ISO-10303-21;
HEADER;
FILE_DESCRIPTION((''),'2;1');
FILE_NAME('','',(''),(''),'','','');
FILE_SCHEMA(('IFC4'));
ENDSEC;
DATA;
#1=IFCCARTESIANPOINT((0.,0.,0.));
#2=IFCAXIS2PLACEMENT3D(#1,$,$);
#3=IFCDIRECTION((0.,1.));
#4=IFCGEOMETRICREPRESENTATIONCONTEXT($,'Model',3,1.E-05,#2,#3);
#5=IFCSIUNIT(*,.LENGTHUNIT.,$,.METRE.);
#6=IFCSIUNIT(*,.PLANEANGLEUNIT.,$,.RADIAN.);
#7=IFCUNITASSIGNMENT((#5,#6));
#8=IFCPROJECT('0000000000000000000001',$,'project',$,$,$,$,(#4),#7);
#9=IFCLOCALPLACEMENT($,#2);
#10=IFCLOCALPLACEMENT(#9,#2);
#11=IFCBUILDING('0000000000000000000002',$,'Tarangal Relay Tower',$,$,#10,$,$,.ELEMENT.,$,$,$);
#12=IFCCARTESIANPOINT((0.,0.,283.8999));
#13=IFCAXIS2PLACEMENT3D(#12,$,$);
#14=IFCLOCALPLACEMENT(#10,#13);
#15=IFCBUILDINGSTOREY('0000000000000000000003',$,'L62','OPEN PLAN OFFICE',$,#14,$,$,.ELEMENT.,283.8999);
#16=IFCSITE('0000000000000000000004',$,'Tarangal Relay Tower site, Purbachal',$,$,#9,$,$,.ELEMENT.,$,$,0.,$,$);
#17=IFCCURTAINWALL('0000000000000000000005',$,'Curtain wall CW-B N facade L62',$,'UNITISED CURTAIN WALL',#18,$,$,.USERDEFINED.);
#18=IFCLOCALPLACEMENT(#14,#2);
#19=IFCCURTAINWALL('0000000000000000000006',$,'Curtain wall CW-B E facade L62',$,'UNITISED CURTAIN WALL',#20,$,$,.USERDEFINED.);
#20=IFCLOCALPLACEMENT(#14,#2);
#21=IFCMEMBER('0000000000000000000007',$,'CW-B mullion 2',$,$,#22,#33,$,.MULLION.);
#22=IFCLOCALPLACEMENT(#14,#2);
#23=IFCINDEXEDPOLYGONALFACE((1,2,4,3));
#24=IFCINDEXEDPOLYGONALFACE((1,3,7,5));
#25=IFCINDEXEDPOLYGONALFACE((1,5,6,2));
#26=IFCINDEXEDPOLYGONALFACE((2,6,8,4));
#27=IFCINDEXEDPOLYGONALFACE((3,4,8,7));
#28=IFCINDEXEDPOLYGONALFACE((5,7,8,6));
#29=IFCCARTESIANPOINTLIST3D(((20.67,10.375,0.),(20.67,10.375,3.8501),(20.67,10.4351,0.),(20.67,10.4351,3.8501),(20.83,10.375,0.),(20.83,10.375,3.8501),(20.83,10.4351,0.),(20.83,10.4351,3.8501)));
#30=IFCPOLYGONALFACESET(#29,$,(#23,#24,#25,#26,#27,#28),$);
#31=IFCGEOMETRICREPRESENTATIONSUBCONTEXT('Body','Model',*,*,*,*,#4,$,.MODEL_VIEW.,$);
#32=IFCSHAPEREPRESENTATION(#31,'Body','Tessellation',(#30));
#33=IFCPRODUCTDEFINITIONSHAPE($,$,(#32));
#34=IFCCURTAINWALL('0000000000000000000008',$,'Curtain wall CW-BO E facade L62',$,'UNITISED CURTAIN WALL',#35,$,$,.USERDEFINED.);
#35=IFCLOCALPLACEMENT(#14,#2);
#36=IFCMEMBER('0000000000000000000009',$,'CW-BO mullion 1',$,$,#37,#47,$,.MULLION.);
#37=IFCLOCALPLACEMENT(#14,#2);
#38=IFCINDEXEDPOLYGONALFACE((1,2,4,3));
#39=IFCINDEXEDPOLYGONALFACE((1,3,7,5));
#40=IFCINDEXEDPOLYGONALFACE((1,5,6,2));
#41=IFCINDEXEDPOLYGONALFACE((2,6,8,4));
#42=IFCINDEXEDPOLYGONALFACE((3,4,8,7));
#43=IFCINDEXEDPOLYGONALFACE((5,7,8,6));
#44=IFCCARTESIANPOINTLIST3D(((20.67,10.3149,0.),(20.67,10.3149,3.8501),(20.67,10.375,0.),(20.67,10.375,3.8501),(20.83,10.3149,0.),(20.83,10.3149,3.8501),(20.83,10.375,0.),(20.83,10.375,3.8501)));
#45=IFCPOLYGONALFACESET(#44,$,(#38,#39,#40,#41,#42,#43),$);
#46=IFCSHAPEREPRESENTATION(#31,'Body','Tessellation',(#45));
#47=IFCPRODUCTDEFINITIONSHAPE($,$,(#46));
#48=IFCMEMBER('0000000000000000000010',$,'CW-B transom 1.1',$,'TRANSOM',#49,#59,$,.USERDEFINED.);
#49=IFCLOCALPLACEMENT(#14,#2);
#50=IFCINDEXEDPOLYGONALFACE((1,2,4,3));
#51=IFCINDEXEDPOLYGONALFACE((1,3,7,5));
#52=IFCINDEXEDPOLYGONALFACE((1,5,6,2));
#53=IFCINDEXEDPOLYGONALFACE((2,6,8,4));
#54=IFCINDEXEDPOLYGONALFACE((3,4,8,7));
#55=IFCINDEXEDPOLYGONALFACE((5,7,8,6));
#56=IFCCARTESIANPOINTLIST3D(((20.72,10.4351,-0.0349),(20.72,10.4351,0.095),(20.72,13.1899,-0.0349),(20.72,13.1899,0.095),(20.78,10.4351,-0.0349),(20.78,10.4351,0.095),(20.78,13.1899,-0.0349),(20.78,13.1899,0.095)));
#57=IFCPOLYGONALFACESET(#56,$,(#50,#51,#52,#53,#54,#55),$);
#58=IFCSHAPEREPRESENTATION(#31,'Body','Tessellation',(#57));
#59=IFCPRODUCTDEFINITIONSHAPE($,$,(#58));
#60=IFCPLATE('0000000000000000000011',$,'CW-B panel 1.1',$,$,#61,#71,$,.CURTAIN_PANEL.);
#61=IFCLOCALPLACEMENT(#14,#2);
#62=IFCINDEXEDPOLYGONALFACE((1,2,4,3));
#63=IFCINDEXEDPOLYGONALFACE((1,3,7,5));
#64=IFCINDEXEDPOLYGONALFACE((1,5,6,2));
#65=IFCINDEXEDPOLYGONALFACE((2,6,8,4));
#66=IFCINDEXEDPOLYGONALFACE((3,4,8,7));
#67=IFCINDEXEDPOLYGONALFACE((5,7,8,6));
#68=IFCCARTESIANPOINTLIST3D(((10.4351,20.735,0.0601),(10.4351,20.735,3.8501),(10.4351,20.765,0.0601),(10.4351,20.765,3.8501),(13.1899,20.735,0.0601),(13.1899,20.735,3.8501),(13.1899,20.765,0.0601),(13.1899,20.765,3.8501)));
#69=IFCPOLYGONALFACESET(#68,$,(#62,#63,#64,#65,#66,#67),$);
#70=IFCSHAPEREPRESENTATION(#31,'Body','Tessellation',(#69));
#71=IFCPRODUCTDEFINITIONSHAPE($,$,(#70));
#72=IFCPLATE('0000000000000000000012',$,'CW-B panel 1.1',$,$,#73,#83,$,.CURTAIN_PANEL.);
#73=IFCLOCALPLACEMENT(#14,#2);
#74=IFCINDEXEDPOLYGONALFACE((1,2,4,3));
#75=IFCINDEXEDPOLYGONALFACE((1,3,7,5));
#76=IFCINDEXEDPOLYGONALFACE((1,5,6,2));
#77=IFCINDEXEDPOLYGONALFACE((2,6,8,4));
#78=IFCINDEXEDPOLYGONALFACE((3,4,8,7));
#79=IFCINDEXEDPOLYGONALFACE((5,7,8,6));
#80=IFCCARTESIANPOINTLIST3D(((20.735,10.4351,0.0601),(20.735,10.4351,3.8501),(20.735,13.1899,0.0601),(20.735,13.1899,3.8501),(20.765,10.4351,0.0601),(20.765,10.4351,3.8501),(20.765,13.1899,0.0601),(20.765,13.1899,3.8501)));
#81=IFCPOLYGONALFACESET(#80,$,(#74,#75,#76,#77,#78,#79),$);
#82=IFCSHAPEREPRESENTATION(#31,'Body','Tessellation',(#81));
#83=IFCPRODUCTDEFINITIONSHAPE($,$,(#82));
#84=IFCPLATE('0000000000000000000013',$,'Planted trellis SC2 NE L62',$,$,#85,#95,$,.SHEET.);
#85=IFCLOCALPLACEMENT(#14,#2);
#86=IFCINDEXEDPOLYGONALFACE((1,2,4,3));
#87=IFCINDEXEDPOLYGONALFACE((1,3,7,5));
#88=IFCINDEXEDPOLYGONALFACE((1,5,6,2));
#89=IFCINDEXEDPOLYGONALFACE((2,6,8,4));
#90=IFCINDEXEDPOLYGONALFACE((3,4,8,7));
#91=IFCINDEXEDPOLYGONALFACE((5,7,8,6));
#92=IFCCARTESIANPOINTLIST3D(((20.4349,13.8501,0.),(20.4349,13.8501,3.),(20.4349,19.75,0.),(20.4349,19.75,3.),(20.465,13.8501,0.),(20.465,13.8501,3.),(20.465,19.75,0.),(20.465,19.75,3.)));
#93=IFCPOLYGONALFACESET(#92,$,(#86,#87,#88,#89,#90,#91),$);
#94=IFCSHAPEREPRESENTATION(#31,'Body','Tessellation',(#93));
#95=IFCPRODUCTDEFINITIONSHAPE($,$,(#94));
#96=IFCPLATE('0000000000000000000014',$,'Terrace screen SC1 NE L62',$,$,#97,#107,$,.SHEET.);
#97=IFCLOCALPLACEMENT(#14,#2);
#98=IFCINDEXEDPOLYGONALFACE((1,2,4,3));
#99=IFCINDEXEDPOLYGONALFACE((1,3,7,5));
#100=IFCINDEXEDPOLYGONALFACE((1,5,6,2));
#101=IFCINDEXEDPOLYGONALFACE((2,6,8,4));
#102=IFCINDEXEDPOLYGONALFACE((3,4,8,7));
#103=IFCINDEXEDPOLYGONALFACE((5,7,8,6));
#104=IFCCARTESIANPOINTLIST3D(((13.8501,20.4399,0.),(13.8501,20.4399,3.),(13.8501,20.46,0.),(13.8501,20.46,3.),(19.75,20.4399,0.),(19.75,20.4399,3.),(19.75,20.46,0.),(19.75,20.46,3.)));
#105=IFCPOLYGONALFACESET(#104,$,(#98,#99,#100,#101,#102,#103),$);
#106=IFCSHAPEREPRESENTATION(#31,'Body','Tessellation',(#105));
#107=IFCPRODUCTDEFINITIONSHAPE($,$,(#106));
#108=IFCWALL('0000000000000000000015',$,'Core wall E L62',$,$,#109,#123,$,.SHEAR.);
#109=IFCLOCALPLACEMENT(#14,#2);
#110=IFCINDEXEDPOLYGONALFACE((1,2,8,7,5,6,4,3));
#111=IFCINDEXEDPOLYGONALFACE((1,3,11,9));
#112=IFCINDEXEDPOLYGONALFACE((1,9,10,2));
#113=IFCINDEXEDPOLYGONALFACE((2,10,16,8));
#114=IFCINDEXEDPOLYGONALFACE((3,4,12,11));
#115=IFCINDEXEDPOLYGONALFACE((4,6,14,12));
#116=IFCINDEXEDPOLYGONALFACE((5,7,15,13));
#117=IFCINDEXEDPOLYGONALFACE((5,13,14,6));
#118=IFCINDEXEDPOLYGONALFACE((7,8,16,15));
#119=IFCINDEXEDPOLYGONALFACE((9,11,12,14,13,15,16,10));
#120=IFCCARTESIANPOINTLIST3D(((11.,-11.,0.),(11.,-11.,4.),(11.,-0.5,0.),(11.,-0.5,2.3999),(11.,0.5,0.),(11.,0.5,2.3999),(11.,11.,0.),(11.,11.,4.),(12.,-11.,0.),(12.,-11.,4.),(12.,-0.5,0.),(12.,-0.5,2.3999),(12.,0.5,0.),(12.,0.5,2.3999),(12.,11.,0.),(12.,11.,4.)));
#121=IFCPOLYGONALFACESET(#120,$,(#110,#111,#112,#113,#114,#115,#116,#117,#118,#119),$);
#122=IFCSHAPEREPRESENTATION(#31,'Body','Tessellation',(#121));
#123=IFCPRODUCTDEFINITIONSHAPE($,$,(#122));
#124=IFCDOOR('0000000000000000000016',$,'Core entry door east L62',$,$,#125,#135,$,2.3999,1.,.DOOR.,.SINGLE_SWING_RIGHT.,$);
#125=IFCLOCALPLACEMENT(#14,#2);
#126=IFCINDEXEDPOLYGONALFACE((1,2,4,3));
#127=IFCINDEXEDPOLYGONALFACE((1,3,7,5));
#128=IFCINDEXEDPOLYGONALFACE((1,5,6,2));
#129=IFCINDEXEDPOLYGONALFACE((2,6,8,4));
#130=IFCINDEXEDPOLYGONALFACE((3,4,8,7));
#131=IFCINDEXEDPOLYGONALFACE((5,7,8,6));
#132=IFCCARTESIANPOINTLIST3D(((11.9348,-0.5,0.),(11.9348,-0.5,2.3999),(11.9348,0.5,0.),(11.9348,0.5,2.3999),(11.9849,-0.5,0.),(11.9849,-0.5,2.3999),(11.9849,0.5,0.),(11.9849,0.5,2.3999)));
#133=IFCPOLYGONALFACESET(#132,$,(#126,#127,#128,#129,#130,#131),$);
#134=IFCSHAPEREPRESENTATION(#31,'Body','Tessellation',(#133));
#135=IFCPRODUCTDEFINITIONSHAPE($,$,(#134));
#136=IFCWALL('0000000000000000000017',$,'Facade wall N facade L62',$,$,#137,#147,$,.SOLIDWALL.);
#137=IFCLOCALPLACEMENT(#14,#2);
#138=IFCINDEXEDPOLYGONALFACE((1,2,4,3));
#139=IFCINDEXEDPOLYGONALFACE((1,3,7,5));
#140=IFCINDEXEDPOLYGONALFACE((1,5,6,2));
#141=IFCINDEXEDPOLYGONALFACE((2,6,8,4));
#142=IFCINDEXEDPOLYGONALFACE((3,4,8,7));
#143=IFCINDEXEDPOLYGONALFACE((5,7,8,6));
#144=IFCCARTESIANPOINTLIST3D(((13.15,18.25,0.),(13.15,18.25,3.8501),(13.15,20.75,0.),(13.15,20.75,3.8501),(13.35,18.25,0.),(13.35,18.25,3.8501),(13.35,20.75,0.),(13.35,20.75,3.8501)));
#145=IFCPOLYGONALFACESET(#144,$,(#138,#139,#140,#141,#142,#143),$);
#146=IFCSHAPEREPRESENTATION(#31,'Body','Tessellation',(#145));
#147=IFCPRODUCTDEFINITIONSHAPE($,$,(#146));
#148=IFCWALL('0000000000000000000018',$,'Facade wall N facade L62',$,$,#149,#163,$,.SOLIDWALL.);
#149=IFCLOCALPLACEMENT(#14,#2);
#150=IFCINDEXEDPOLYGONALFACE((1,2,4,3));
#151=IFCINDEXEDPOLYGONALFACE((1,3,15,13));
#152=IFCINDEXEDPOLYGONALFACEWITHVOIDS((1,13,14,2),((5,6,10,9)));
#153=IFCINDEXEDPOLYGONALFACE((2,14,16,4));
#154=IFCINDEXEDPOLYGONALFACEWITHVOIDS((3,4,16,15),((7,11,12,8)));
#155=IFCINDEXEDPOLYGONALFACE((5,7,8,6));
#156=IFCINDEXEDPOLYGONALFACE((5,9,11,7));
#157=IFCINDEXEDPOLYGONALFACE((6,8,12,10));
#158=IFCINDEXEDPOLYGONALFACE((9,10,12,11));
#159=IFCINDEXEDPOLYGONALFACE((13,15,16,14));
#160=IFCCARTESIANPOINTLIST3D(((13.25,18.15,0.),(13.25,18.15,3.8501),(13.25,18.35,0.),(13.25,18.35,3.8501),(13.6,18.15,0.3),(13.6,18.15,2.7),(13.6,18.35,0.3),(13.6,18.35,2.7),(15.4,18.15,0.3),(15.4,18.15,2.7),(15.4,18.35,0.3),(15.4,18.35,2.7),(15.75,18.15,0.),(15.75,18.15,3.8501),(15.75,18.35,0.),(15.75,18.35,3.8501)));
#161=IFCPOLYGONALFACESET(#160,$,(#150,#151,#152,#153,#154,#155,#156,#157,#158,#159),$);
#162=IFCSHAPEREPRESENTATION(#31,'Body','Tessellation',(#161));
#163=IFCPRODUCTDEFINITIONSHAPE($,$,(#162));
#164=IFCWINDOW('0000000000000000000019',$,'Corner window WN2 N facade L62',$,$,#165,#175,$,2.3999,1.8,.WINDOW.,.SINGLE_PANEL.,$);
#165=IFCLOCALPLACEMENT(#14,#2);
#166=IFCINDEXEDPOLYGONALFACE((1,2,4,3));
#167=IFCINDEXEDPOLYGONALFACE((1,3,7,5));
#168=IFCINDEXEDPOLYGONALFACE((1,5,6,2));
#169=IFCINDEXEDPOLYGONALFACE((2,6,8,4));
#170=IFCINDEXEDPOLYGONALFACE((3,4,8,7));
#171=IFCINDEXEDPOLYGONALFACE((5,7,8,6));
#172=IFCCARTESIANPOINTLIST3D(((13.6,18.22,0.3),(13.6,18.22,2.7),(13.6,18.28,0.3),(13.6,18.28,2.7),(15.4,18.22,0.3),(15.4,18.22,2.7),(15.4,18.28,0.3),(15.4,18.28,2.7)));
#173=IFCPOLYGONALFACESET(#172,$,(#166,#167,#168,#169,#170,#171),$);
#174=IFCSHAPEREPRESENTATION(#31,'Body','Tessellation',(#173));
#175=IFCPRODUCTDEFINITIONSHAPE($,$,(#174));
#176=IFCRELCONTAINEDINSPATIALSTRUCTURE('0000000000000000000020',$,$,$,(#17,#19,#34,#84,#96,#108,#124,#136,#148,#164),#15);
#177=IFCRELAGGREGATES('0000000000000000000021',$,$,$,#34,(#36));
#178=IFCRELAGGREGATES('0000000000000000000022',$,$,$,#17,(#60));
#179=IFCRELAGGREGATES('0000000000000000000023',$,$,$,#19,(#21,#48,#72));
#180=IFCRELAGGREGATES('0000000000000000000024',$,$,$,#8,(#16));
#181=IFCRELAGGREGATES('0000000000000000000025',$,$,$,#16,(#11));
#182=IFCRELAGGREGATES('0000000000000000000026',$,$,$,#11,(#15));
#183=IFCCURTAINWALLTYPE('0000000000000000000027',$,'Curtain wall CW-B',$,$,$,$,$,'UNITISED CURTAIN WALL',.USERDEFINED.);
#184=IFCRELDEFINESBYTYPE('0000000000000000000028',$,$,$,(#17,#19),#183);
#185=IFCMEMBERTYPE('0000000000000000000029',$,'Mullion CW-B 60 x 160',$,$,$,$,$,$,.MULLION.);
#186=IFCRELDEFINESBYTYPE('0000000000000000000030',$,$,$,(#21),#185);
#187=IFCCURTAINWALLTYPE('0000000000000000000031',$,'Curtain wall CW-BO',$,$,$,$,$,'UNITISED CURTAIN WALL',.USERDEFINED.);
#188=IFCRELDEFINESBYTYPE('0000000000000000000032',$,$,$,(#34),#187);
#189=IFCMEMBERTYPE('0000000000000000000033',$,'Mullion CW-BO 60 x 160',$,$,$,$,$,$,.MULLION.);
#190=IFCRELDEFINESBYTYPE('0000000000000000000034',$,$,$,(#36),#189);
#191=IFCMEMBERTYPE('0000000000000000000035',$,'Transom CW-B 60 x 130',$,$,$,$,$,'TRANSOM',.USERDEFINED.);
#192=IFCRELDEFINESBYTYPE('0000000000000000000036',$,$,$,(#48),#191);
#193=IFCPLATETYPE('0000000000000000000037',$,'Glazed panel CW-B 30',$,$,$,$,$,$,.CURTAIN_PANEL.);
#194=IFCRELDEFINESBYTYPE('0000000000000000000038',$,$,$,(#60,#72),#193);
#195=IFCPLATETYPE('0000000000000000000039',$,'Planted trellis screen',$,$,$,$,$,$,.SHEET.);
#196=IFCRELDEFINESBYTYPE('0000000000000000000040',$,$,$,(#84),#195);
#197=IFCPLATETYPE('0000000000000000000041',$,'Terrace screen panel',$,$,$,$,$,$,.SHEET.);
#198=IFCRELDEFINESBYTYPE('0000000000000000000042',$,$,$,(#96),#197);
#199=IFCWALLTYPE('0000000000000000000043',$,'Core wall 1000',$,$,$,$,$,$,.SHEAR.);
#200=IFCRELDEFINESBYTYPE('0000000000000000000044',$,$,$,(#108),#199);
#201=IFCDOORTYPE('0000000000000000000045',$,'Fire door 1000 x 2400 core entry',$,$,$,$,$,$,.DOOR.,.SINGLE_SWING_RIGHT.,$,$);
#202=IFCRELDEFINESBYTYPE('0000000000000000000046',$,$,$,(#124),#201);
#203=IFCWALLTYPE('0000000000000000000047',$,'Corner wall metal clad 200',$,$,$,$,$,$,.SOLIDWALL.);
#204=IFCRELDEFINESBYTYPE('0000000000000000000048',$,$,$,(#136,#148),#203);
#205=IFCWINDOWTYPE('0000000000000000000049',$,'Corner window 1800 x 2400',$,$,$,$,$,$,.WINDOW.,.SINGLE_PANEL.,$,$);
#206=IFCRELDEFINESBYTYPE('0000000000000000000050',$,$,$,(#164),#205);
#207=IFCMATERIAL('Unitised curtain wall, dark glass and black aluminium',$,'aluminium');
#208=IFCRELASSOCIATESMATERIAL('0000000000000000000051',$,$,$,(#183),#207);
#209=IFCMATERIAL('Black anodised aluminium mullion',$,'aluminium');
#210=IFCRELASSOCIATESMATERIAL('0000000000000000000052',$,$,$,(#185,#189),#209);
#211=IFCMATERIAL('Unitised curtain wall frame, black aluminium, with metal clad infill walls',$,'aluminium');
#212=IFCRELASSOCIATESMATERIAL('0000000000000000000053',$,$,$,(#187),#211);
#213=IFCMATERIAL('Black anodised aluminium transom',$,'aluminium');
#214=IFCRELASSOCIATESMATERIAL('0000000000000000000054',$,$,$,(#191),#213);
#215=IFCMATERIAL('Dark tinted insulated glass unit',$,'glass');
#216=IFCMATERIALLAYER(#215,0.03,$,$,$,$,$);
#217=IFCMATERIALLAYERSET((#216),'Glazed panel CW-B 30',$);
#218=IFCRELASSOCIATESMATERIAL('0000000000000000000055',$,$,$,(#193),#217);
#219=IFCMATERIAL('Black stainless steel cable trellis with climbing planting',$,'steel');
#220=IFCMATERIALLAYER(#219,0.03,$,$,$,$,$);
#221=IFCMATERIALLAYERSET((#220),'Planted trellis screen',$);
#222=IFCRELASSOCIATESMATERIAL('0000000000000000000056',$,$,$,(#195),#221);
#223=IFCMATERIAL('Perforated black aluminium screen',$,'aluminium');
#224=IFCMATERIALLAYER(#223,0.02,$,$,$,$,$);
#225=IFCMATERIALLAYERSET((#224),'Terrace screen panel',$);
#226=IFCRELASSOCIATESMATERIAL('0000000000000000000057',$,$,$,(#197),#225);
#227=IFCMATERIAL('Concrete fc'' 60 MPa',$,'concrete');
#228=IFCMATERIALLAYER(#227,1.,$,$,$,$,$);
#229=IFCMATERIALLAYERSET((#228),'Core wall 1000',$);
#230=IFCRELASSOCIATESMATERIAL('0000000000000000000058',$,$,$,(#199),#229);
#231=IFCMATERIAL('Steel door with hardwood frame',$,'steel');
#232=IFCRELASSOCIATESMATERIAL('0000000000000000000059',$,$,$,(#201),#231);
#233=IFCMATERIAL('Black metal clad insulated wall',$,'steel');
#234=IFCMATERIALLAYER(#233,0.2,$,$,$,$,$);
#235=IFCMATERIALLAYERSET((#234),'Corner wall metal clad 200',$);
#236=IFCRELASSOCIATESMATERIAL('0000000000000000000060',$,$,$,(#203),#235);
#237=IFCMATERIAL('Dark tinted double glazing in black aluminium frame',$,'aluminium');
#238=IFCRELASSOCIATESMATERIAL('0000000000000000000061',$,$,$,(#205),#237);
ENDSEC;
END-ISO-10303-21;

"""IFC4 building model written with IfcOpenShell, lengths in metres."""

from ifc_helpers import new_model, si_unit, direction, frame, frame_2d, origin, origin_2d, place, context, subcontext, project, spatial, rectangle, extrude, material, layer, layer_set, material_profile, profile_set, type_object, element, fill, aggregate, save


model = new_model("IFC4")

# Units and contexts
model_context = context("Model", 3, precision=1e-05, world=origin(), true_north=direction((0.0, 1.0)))
body_context = subcontext(model_context, "Body", "Model", "MODEL_VIEW")
ifc_project = project(units=[si_unit("LENGTHUNIT", "METRE"), si_unit("PLANEANGLEUNIT", "RADIAN")], contexts=[model_context])

# Site, building, storey
site_placement = place(None, origin())
site = spatial("IfcSite", under=ifc_project, at=site_placement, Name="Tarangal Relay Tower site, Purbachal", CompositionType="ELEMENT", RefElevation=0.0)
building_placement = place(site_placement, origin())
building = spatial("IfcBuilding", under=site, at=building_placement, Name="Tarangal Relay Tower", CompositionType="ELEMENT")
storey_placement = place(building_placement, frame((0.0, 0.0, 283.8999)))
storey = spatial("IfcBuildingStorey", under=building, at=storey_placement, Name="L62", Description="OPEN PLAN OFFICE", CompositionType="ELEMENT", Elevation=283.8999)

# Curtain wall
ifc_material_1 = material(Name="Unitised curtain wall, dark glass and black aluminium", Category="aluminium")
curtain_wall_type_1 = type_object("IfcCurtainWallType", Name="Curtain wall CW-B", ElementType="UNITISED CURTAIN WALL", PredefinedType="USERDEFINED", material=ifc_material_1)
curtain_wall_1_placement = place(storey_placement, origin())
curtain_wall_1 = element("IfcCurtainWall", 1, at=curtain_wall_1_placement, inside=storey, type_object=curtain_wall_type_1, Name="Curtain wall CW-B N facade L62", ObjectType="UNITISED CURTAIN WALL", PredefinedType="USERDEFINED")
ifc_material_2 = material(Name="Black anodised aluminium mullion", Category="aluminium")
ifc_material_profile_1 = material_profile(ifc_material_2, rectangle(XDim=0.1599, YDim=0.0601, at=origin_2d()), Name="CW-BM 60X160")
ifc_profile_set_1 = profile_set([ifc_material_profile_1], Name="Black anodised aluminium mullion")
member_type_1 = type_object("IfcMemberType", Name="Mullion CW-B 60 x 160", PredefinedType="MULLION", material=ifc_profile_set_1)

# Curtain wall, member
curtain_wall_2_placement = place(storey_placement, origin())
curtain_wall_2 = element("IfcCurtainWall", 2, at=curtain_wall_2_placement, inside=storey, type_object=curtain_wall_type_1, Name="Curtain wall CW-B E facade L62", ObjectType="UNITISED CURTAIN WALL", PredefinedType="USERDEFINED")
member_1_placement = place(storey_placement, frame((20.75, 10.405, 0.0), z_axis=(0.0, 0.0, 1.0), x_axis=(1.0, 0.0, 0.0)))
member_1 = element("IfcMember", 3, at=member_1_placement, type_object=member_type_1, Name="CW-B mullion 2", PredefinedType="MULLION", context=body_context, shape_type="SweptSolid", body=[
    extrude(rectangle(XDim=0.1599, YDim=0.0601, at=origin_2d()), origin(), (0.0, 0.0, 1.0), 3.8501),
])

# Curtain wall, member
ifc_material_3 = material(Name="Unitised curtain wall frame, black aluminium, with metal clad infill walls", Category="aluminium")
curtain_wall_type_2 = type_object("IfcCurtainWallType", Name="Curtain wall CW-BO", ElementType="UNITISED CURTAIN WALL", PredefinedType="USERDEFINED", material=ifc_material_3)
curtain_wall_3_placement = place(storey_placement, origin())
curtain_wall_3 = element("IfcCurtainWall", 4, at=curtain_wall_3_placement, inside=storey, type_object=curtain_wall_type_2, Name="Curtain wall CW-BO E facade L62", ObjectType="UNITISED CURTAIN WALL", PredefinedType="USERDEFINED")
ifc_material_profile_2 = material_profile(ifc_material_2, rectangle(XDim=0.1599, YDim=0.0601, at=origin_2d()), Name="CW-BOM 60X160")
ifc_profile_set_2 = profile_set([ifc_material_profile_2], Name="Black anodised aluminium mullion")
member_type_2 = type_object("IfcMemberType", Name="Mullion CW-BO 60 x 160", PredefinedType="MULLION", material=ifc_profile_set_2)
member_2_placement = place(storey_placement, frame((20.75, 10.345, 0.0), z_axis=(0.0, 0.0, 1.0), x_axis=(1.0, 0.0, 0.0)))
member_2 = element("IfcMember", 5, at=member_2_placement, type_object=member_type_2, Name="CW-BO mullion 1", PredefinedType="MULLION", context=body_context, shape_type="SweptSolid", body=[
    extrude(rectangle(XDim=0.1599, YDim=0.0601, at=origin_2d()), origin(), (0.0, 0.0, 1.0), 3.8501),
])
aggregate(curtain_wall_3, [member_2])

# Member
ifc_material_4 = material(Name="Black anodised aluminium transom", Category="aluminium")
ifc_material_profile_3 = material_profile(ifc_material_4, rectangle(XDim=0.0601, YDim=0.1299, at=origin_2d()), Name="CW-BT 60X130")
ifc_profile_set_3 = profile_set([ifc_material_profile_3], Name="Black anodised aluminium transom")
member_type_3 = type_object("IfcMemberType", Name="Transom CW-B 60 x 130", ElementType="TRANSOM", PredefinedType="USERDEFINED", material=ifc_profile_set_3)
member_3_placement = place(storey_placement, frame((20.75, 13.1899, 0.03), z_axis=(0.0, -1.0, 0.0), x_axis=(1.0, 0.0, 0.0)))
member_3 = element("IfcMember", 6, at=member_3_placement, type_object=member_type_3, Name="CW-B transom 1.1", ObjectType="TRANSOM", PredefinedType="USERDEFINED", context=body_context, shape_type="SweptSolid", body=[
    extrude(rectangle(XDim=0.0601, YDim=0.1299, at=origin_2d()), origin(), (0.0, 0.0, 1.0), 2.7549),
])

# Plates
ifc_material_5 = material(Name="Dark tinted insulated glass unit", Category="glass")
ifc_layer_1 = layer(ifc_material_5, 0.03)
ifc_layer_set_1 = layer_set([ifc_layer_1], Name="Glazed panel CW-B 30")
plate_type_1 = type_object("IfcPlateType", Name="Glazed panel CW-B 30", PredefinedType="CURTAIN_PANEL", material=ifc_layer_set_1)
plate_1_placement = place(storey_placement, frame((11.8125, 20.75, 0.0601), z_axis=(0.0, 0.0, 1.0), x_axis=(1.0, 0.0, 0.0)))
plate_1 = element("IfcPlate", 7, at=plate_1_placement, type_object=plate_type_1, Name="CW-B panel 1.1", PredefinedType="CURTAIN_PANEL", context=body_context, shape_type="SweptSolid", body=[
    extrude(rectangle(XDim=2.7549, YDim=0.03, at=origin_2d()), origin(), (0.0, 0.0, 1.0), 3.79),
])
aggregate(curtain_wall_1, [plate_1])
plate_2_placement = place(storey_placement, frame((20.75, 11.8125, 0.0601), z_axis=(0.0, 0.0, 1.0), x_axis=(0.0, -1.0, 0.0)))
plate_2 = element("IfcPlate", 8, at=plate_2_placement, type_object=plate_type_1, Name="CW-B panel 1.1", PredefinedType="CURTAIN_PANEL", context=body_context, shape_type="SweptSolid", body=[
    extrude(rectangle(XDim=2.7549, YDim=0.03, at=origin_2d()), origin(), (0.0, 0.0, 1.0), 3.79),
])
aggregate(curtain_wall_2, [member_1, member_3, plate_2])

# Plates
ifc_material_6 = material(Name="Black stainless steel cable trellis with climbing planting", Category="steel")
ifc_layer_2 = layer(ifc_material_6, 0.03)
ifc_layer_set_2 = layer_set([ifc_layer_2], Name="Planted trellis screen")
plate_type_2 = type_object("IfcPlateType", Name="Planted trellis screen", PredefinedType="SHEET", material=ifc_layer_set_2)
plate_3_placement = place(storey_placement, frame((20.45, 16.8, 0.0), z_axis=(0.0, 0.0, 1.0), x_axis=(0.0, -1.0, 0.0)))
element("IfcPlate", 9, at=plate_3_placement, inside=storey, type_object=plate_type_2, Name="Planted trellis SC2 NE L62", PredefinedType="SHEET", context=body_context, shape_type="SweptSolid", body=[
    extrude(rectangle(XDim=5.8999, YDim=0.03, at=origin_2d()), origin(), (0.0, 0.0, 1.0), 3.0),
])
ifc_material_7 = material(Name="Perforated black aluminium screen", Category="aluminium")
ifc_layer_3 = layer(ifc_material_7, 0.02)
ifc_layer_set_3 = layer_set([ifc_layer_3], Name="Terrace screen panel")
plate_type_3 = type_object("IfcPlateType", Name="Terrace screen panel", PredefinedType="SHEET", material=ifc_layer_set_3)
plate_4_placement = place(storey_placement, frame((16.8, 20.45, 0.0), z_axis=(0.0, 0.0, 1.0), x_axis=(1.0, 0.0, 0.0)))
element("IfcPlate", 10, at=plate_4_placement, inside=storey, type_object=plate_type_3, Name="Terrace screen SC1 NE L62", PredefinedType="SHEET", context=body_context, shape_type="SweptSolid", body=[
    extrude(rectangle(XDim=5.8999, YDim=0.02, at=origin_2d()), origin(), (0.0, 0.0, 1.0), 3.0),
])

# Wall, opening, door
ifc_material_8 = material(Name="Concrete fc' 60 MPa", Category="concrete")
ifc_layer_4 = layer(ifc_material_8, 1.0)
ifc_layer_set_4 = layer_set([ifc_layer_4], Name="Core wall 1000")
wall_type_1 = type_object("IfcWallType", Name="Core wall 1000", PredefinedType="SHEAR", material=ifc_layer_set_4)
wall_1_placement = place(storey_placement, frame((11.5, 11.0, 0.0), z_axis=(0.0, 0.0, 1.0), x_axis=(0.0, -1.0, 0.0)))
wall_1 = element("IfcWall", 11, at=wall_1_placement, inside=storey, type_object=wall_type_1, Name="Core wall E L62", PredefinedType="SHEAR", context=body_context, shape_type="SweptSolid", body=[
    extrude(rectangle(XDim=22.0, YDim=1.0, at=frame_2d((11.0, 0.0))), origin(), (0.0, 0.0, 1.0), 4.0),
])
opening_1_placement = place(wall_1_placement, frame((10.5, 0.0, 0.0)))
opening_1 = element("IfcOpeningElement", 12, at=opening_1_placement, cuts=wall_1, PredefinedType="OPENING", context=body_context, shape_type="SweptSolid", body=[
    extrude(rectangle(XDim=1.0, YDim=2.3999, at=frame_2d((0.5, 1.2))), frame((0.0, 0.51, 0.0), z_axis=(0.0, -1.0, 0.0), x_axis=(1.0, 0.0, 0.0)), (0.0, 0.0, 1.0), 1.02),
])
ifc_material_9 = material(Name="Steel door with hardwood frame", Category="steel")
door_type_1 = type_object("IfcDoorType", Name="Fire door 1000 x 2400 core entry", OperationType="SINGLE_SWING_RIGHT", PredefinedType="DOOR", material=ifc_material_9)
door_1_placement = place(opening_1_placement, origin())
door_1 = element("IfcDoor", 13, at=door_1_placement, inside=storey, type_object=door_type_1, Name="Core entry door east L62", OperationType="SINGLE_SWING_RIGHT", OverallHeight=2.3999, OverallWidth=1.0, PredefinedType="DOOR", context=body_context, shape_type="SweptSolid", body=[
    extrude(rectangle(XDim=1.0, YDim=2.3999, at=frame_2d((0.5, 1.2))), frame((0.0, 0.4849, 0.0), z_axis=(0.0, -1.0, 0.0), x_axis=(1.0, 0.0, 0.0)), (0.0, 0.0, 1.0), 0.05),
])
fill(opening_1, door_1)

# Wall
ifc_material_10 = material(Name="Black metal clad insulated wall", Category="steel")
ifc_layer_5 = layer(ifc_material_10, 0.2)
ifc_layer_set_5 = layer_set([ifc_layer_5], Name="Corner wall metal clad 200")
wall_type_2 = type_object("IfcWallType", Name="Corner wall metal clad 200", PredefinedType="SOLIDWALL", material=ifc_layer_set_5)
wall_2_placement = place(storey_placement, frame((13.25, 20.75, 0.0), z_axis=(0.0, 0.0, 1.0), x_axis=(0.0, -1.0, 0.0)))
element("IfcWall", 14, at=wall_2_placement, inside=storey, type_object=wall_type_2, Name="Facade wall N facade L62", PredefinedType="SOLIDWALL", context=body_context, shape_type="SweptSolid", body=[
    extrude(rectangle(XDim=2.5, YDim=0.2, at=frame_2d((1.25, 0.0))), origin(), (0.0, 0.0, 1.0), 3.8501),
])

# Wall, opening, window
wall_3_placement = place(storey_placement, frame((13.25, 18.25, 0.0), z_axis=(0.0, 0.0, 1.0), x_axis=(1.0, 0.0, 0.0)))
wall_3 = element("IfcWall", 15, at=wall_3_placement, inside=storey, type_object=wall_type_2, Name="Facade wall N facade L62", PredefinedType="SOLIDWALL", context=body_context, shape_type="SweptSolid", body=[
    extrude(rectangle(XDim=2.5, YDim=0.2, at=frame_2d((1.25, 0.0))), origin(), (0.0, 0.0, 1.0), 3.8501),
])
opening_2_placement = place(wall_3_placement, frame((0.3501, 0.0, 0.3)))
opening_2 = element("IfcOpeningElement", 16, at=opening_2_placement, cuts=wall_3, PredefinedType="OPENING", context=body_context, shape_type="SweptSolid", body=[
    extrude(rectangle(XDim=1.8, YDim=2.3999, at=frame_2d((0.8999, 1.2))), frame((0.0, 0.1099, 0.0), z_axis=(0.0, -1.0, 0.0), x_axis=(1.0, 0.0, 0.0)), (0.0, 0.0, 1.0), 0.22),
])
ifc_material_11 = material(Name="Dark tinted double glazing in black aluminium frame", Category="aluminium")
window_type = type_object("IfcWindowType", Name="Corner window 1800 x 2400", PartitioningType="SINGLE_PANEL", PredefinedType="WINDOW", material=ifc_material_11)
window_1_placement = place(opening_2_placement, origin())
window_1 = element("IfcWindow", 17, at=window_1_placement, inside=storey, type_object=window_type, Name="Corner window WN2 N facade L62", OverallHeight=2.3999, OverallWidth=1.8, PartitioningType="SINGLE_PANEL", PredefinedType="WINDOW", context=body_context, shape_type="SweptSolid", body=[
    extrude(rectangle(XDim=1.8, YDim=2.3999, at=frame_2d((0.8999, 1.2))), frame((0.0, 0.03, 0.0), z_axis=(0.0, -1.0, 0.0), x_axis=(1.0, 0.0, 0.0)), (0.0, 0.0, 1.0), 0.0601),
])
fill(opening_2, window_1)

save(model, "model.ifc")
